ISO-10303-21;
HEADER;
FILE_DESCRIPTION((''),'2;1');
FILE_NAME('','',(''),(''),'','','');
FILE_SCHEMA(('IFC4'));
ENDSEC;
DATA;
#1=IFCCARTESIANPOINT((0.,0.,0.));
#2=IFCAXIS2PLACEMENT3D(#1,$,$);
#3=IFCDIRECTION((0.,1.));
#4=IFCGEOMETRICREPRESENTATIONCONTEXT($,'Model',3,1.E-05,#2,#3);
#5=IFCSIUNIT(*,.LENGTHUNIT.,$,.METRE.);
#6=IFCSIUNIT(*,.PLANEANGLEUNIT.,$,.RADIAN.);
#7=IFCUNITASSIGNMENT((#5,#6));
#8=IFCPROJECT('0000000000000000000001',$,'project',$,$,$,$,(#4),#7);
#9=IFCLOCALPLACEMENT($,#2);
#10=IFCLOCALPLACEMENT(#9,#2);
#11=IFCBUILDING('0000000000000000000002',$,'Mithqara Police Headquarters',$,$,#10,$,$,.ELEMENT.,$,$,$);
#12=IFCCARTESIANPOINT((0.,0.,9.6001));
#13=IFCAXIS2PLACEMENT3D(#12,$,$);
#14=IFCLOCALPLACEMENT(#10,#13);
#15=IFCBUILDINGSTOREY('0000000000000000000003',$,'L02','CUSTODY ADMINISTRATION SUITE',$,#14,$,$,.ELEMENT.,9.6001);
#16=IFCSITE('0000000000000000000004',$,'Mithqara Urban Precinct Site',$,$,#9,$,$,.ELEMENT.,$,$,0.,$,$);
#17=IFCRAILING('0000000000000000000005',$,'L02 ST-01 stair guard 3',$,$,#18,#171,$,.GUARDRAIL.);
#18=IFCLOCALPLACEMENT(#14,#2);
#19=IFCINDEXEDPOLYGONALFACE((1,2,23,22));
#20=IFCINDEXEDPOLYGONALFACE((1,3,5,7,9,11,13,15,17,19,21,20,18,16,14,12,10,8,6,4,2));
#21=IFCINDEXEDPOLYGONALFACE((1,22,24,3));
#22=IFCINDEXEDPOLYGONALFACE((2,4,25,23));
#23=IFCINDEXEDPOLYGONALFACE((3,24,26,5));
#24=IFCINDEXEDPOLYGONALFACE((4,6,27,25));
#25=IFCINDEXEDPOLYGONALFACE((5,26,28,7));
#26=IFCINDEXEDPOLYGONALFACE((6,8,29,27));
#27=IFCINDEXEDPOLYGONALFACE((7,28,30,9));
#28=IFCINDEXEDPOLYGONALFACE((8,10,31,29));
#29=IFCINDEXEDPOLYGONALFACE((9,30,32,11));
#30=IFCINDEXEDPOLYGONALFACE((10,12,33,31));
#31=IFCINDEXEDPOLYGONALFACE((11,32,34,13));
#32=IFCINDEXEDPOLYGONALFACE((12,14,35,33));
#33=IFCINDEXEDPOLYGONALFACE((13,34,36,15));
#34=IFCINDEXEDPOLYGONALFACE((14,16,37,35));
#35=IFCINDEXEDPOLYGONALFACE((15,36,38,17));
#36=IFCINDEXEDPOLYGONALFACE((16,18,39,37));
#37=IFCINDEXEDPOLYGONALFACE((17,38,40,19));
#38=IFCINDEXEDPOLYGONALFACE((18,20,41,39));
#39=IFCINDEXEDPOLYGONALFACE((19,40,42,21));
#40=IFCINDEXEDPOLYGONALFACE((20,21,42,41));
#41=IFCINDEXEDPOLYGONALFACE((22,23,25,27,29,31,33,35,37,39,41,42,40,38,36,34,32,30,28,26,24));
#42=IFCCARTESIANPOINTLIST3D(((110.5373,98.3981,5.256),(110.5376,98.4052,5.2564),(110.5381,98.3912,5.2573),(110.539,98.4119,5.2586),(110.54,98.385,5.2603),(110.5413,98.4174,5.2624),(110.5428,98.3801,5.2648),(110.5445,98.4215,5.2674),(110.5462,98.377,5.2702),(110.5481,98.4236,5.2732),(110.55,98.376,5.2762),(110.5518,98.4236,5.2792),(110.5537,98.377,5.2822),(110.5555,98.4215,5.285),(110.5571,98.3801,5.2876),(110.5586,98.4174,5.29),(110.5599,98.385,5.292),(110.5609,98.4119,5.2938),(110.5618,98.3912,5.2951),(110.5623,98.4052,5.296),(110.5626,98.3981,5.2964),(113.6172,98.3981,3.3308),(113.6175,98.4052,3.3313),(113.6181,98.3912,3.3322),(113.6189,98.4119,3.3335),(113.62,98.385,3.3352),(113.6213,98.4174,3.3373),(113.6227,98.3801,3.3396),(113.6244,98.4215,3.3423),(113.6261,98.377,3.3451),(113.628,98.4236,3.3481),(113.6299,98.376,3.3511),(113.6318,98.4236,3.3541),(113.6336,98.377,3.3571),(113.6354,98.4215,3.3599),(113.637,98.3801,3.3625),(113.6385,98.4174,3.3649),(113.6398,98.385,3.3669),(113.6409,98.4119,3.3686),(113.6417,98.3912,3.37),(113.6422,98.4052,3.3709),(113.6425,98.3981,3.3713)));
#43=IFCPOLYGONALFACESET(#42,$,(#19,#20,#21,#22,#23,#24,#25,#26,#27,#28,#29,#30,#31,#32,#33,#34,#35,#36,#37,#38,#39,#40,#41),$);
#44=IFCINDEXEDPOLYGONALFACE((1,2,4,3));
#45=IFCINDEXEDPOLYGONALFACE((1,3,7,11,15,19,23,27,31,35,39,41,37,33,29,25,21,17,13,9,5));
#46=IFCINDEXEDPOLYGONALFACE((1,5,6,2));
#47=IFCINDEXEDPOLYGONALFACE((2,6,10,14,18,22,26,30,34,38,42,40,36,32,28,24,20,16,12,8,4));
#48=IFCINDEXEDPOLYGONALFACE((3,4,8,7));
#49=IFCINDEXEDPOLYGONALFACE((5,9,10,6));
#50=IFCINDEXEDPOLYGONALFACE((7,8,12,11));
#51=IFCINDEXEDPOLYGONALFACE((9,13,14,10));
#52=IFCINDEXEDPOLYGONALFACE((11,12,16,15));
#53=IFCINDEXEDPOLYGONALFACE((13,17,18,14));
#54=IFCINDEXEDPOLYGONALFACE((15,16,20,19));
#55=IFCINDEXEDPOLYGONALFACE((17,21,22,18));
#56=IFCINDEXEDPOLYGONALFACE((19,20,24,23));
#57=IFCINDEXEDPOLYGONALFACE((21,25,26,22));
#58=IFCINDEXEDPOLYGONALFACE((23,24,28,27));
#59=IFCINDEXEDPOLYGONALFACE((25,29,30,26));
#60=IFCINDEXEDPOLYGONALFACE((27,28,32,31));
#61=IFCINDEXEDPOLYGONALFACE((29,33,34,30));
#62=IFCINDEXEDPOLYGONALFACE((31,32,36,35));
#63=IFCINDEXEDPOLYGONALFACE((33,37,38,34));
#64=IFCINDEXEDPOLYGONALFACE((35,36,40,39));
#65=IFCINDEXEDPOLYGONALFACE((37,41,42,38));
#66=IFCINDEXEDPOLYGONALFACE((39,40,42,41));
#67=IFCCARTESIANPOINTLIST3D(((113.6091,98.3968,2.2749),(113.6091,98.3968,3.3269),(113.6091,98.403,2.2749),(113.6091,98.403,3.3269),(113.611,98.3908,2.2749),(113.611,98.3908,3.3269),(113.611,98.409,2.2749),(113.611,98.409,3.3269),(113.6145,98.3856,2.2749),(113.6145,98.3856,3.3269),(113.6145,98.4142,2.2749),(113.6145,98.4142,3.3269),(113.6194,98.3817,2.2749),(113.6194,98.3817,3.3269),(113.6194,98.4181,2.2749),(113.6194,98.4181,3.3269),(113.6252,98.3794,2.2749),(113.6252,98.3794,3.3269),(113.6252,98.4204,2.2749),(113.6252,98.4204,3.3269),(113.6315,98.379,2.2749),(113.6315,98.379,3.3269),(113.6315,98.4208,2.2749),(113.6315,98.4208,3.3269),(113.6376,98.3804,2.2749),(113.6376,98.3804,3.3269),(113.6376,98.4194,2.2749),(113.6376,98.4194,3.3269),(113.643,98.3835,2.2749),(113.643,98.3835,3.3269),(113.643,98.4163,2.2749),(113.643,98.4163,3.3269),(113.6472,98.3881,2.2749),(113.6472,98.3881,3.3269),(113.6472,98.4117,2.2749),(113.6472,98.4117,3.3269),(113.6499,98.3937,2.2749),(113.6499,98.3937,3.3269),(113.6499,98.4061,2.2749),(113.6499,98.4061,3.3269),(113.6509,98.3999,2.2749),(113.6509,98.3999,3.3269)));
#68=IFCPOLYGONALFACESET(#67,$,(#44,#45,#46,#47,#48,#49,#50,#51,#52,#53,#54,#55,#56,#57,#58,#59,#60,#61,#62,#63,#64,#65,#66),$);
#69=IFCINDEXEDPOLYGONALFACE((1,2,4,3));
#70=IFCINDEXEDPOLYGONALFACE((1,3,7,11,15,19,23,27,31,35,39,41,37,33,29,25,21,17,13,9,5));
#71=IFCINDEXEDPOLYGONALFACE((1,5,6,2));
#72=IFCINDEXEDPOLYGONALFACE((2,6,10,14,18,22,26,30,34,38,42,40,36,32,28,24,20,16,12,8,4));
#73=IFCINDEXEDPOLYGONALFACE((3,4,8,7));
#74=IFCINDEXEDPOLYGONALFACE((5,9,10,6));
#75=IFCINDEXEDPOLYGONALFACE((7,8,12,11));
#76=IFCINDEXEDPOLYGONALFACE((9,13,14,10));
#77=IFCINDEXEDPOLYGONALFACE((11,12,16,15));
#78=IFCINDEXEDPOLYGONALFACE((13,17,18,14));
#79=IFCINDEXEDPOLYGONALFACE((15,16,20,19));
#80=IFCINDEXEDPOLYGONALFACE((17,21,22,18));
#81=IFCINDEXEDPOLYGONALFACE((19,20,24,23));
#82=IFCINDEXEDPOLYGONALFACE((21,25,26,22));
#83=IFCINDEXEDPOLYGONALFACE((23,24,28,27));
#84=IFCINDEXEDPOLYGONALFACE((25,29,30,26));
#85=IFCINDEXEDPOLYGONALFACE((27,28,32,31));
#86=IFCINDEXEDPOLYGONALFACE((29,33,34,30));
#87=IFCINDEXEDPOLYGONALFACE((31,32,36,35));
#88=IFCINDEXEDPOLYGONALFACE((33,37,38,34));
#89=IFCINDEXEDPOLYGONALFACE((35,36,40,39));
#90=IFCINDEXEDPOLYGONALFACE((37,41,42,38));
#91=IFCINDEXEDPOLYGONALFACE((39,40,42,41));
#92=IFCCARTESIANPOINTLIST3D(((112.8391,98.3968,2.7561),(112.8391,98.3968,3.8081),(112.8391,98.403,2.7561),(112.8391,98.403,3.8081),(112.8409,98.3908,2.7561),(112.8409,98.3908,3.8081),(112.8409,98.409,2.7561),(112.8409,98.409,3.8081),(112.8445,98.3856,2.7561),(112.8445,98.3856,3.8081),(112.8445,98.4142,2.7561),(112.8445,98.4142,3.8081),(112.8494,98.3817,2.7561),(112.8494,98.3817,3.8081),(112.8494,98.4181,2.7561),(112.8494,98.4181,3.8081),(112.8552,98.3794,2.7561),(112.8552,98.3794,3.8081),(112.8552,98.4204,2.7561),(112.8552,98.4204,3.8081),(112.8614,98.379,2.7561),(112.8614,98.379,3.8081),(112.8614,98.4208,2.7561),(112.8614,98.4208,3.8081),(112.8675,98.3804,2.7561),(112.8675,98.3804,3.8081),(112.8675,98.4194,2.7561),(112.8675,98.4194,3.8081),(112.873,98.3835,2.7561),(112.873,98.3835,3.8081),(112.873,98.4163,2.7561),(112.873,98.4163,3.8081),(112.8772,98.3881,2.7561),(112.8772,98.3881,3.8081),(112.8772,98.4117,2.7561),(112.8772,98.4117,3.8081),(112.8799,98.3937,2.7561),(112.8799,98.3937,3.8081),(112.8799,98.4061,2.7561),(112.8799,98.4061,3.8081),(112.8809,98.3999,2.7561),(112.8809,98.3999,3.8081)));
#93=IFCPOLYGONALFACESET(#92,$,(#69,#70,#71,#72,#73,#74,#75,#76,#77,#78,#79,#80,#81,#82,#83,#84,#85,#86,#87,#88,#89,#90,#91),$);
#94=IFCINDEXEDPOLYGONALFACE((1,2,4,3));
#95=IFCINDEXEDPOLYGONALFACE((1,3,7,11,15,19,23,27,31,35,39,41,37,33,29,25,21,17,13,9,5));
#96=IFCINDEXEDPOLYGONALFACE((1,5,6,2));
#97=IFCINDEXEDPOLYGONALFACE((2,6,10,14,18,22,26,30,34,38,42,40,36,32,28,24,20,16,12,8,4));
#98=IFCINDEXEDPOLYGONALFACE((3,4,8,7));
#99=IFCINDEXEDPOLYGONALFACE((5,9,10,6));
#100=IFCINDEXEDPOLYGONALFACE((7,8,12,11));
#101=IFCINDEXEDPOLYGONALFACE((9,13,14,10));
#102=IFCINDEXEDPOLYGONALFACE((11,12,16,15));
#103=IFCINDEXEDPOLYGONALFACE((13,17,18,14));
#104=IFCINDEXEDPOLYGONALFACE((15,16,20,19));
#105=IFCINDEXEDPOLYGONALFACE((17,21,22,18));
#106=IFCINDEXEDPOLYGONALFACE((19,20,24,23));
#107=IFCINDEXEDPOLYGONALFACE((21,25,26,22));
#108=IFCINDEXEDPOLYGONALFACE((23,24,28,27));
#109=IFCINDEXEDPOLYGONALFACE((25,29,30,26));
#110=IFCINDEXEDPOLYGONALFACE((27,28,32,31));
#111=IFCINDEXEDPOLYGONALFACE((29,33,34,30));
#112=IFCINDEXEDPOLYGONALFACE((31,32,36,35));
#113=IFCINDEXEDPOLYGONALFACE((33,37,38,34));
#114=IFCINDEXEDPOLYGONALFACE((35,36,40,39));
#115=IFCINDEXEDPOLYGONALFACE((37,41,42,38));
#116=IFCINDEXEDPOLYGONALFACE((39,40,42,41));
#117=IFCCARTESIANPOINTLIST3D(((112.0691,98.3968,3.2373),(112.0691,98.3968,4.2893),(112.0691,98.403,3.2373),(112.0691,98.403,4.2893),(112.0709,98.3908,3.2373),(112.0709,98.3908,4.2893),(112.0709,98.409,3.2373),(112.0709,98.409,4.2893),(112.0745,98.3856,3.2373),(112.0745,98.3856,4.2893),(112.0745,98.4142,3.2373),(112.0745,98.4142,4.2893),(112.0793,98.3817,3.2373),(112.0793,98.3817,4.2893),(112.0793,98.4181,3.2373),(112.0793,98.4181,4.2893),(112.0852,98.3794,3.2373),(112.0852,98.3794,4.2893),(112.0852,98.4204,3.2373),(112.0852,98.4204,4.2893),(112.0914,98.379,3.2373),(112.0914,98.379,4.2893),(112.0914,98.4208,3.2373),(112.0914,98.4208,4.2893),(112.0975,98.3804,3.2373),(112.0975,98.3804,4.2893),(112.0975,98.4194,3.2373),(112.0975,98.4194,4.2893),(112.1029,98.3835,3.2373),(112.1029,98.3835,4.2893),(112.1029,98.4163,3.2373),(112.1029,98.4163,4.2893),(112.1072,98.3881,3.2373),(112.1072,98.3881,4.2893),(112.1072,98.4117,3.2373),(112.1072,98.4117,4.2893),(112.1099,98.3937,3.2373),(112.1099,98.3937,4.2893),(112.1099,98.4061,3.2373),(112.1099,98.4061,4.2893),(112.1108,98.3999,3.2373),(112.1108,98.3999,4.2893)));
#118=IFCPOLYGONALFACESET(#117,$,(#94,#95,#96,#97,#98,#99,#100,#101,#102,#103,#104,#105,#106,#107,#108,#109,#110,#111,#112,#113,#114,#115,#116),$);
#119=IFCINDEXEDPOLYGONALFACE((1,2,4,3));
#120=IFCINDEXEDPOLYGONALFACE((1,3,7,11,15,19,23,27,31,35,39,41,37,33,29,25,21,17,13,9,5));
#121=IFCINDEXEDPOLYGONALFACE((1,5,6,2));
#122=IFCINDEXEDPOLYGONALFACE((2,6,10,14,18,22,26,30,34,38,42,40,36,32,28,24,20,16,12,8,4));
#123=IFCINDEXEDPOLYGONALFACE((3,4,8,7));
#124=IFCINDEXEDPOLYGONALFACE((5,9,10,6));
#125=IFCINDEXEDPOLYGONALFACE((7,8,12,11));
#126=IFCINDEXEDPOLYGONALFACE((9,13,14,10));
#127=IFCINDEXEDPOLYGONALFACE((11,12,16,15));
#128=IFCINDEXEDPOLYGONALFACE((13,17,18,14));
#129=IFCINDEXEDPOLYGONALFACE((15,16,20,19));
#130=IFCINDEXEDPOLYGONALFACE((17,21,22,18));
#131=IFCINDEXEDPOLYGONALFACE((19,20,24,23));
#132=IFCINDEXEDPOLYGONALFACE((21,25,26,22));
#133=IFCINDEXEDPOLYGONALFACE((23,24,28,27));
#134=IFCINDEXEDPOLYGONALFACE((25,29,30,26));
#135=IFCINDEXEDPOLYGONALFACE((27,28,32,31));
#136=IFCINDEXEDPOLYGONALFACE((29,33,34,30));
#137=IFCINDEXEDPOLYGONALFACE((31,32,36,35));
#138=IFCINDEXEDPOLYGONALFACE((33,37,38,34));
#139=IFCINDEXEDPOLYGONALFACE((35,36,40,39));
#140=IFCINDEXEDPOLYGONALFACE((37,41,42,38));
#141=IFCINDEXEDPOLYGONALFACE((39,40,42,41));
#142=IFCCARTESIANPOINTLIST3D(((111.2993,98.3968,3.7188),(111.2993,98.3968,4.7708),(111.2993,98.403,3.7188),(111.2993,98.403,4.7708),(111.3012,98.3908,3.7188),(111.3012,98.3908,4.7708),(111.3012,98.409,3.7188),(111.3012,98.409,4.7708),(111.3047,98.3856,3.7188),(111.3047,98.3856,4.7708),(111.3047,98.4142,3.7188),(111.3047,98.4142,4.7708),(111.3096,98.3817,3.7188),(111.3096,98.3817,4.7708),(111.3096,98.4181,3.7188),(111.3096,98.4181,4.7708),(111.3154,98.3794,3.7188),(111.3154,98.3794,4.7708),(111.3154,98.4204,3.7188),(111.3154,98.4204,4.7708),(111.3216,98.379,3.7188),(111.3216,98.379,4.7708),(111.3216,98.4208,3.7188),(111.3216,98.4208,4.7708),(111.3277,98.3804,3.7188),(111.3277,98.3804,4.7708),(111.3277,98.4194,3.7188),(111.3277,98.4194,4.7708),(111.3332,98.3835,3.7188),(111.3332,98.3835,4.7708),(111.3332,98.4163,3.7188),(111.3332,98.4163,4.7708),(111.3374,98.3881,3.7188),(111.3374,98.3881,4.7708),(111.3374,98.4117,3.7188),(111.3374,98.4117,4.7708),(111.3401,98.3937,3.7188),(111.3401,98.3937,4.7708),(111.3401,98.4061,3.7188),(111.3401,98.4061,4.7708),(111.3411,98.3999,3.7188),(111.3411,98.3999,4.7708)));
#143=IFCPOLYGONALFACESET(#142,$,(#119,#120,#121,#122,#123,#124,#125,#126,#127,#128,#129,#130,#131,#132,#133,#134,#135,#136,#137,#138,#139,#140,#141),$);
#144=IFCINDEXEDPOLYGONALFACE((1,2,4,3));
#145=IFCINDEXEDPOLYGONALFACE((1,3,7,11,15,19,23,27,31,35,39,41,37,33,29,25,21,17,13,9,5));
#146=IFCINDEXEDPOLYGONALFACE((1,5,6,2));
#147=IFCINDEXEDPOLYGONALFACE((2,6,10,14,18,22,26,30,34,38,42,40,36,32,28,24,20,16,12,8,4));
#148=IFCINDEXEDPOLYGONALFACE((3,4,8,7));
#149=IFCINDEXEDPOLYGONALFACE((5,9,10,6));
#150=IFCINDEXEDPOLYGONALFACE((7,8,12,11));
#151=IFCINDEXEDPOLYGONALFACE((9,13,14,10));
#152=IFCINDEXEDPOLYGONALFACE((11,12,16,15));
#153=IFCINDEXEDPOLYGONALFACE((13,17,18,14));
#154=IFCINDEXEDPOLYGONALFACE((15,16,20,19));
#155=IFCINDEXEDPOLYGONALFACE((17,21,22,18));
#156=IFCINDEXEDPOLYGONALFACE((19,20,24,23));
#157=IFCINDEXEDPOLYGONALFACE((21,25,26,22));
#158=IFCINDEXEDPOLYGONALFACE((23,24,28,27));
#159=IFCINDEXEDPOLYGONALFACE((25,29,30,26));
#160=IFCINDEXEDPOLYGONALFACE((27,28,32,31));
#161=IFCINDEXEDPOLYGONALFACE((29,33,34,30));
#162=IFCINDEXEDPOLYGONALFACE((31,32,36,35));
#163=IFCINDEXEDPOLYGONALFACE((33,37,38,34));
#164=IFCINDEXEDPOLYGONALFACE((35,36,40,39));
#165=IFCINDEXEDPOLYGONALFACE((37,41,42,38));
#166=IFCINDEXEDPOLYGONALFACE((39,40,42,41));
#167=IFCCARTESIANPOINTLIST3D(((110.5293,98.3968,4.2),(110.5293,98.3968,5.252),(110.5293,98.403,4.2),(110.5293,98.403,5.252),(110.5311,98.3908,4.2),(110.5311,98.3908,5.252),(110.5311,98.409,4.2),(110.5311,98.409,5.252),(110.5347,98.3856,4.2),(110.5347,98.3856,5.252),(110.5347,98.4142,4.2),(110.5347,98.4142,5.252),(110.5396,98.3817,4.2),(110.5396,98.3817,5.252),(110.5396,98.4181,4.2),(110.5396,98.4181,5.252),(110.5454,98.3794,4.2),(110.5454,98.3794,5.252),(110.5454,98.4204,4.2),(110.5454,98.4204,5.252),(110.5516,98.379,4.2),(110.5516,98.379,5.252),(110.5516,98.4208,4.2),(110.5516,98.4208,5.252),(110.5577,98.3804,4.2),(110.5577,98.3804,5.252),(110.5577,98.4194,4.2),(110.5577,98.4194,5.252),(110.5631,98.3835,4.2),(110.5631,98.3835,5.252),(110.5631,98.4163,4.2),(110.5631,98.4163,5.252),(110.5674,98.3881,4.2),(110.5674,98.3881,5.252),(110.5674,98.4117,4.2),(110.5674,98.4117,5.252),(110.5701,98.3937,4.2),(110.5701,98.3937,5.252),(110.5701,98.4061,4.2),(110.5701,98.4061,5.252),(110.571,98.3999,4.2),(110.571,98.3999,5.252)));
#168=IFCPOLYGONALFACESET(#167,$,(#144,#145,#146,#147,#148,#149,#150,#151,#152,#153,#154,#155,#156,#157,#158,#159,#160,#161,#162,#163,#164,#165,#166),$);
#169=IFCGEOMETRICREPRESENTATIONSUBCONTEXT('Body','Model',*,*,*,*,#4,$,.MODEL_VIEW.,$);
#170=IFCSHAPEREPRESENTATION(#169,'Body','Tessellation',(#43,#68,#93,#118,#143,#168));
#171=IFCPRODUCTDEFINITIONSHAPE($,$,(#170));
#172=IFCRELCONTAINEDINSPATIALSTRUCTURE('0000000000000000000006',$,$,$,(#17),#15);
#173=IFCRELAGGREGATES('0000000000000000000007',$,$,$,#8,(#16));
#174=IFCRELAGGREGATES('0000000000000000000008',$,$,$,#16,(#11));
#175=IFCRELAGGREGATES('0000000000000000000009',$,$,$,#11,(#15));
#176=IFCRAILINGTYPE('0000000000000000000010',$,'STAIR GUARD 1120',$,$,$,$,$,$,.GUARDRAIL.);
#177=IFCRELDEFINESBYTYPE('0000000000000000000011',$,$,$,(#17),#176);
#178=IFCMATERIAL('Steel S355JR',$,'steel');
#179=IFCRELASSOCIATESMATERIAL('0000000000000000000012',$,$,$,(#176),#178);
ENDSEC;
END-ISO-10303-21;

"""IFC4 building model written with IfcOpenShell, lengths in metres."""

from ifc_helpers import new_model, si_unit, direction, frame, origin, origin_2d, place, context, subcontext, project, spatial, circle, extrude, material, type_object, element, save


model = new_model("IFC4")

# Units and contexts
model_context = context("Model", 3, precision=1e-05, world=origin(), true_north=direction((0.0, 1.0)))
body_context = subcontext(model_context, "Body", "Model", "MODEL_VIEW")
ifc_project = project(units=[si_unit("LENGTHUNIT", "METRE"), si_unit("PLANEANGLEUNIT", "RADIAN")], contexts=[model_context])

# Site, building, storey
site_placement = place(None, origin())
site = spatial("IfcSite", under=ifc_project, at=site_placement, Name="Mithqara Urban Precinct Site", CompositionType="ELEMENT", RefElevation=0.0)
building_placement = place(site_placement, origin())
building = spatial("IfcBuilding", under=site, at=building_placement, Name="Mithqara Police Headquarters", CompositionType="ELEMENT")
storey_placement = place(building_placement, frame((0.0, 0.0, 9.6001)))
storey = spatial("IfcBuildingStorey", under=building, at=storey_placement, Name="L02", Description="CUSTODY ADMINISTRATION SUITE", CompositionType="ELEMENT", Elevation=9.6001)

# Shared definitions
ifc_material_1 = material(Name="Steel S355JR", Category="steel")

# Railing
railing_type_1 = type_object("IfcRailingType", Name="STAIR GUARD 1120", PredefinedType="GUARDRAIL", material=ifc_material_1)
railing_1_placement = place(storey_placement, frame((113.6299, 98.3999, 2.2749)))
element("IfcRailing", 1, at=railing_1_placement, inside=storey, type_object=railing_type_1, Name="L02 ST-01 stair guard 3", PredefinedType="GUARDRAIL", context=body_context, shape_type="SweptSolid", body=[
    extrude(circle(Radius=0.0239, at=origin_2d()), frame((0.0, 0.0, 1.0762), z_axis=(-0.847979, 0.0, 0.530029), x_axis=(0.0, -1.0, 0.0)), (0.0, 0.0, 1.0), 3.6321),
    extrude(circle(Radius=0.021, at=origin_2d()), origin(), (0.0, 0.0, 1.0), 1.052),
    extrude(circle(Radius=0.021, at=origin_2d()), frame((-0.77, 0.0, 0.4812)), (0.0, 0.0, 1.0), 1.052),
    extrude(circle(Radius=0.021, at=origin_2d()), frame((-1.54, 0.0, 0.9624)), (0.0, 0.0, 1.0), 1.052),
    extrude(circle(Radius=0.021, at=origin_2d()), frame((-2.3098, 0.0, 1.4438)), (0.0, 0.0, 1.0), 1.052),
    extrude(circle(Radius=0.021, at=origin_2d()), frame((-3.0798, 0.0, 1.925)), (0.0, 0.0, 1.0), 1.052),
])

save(model, "model.ifc")
